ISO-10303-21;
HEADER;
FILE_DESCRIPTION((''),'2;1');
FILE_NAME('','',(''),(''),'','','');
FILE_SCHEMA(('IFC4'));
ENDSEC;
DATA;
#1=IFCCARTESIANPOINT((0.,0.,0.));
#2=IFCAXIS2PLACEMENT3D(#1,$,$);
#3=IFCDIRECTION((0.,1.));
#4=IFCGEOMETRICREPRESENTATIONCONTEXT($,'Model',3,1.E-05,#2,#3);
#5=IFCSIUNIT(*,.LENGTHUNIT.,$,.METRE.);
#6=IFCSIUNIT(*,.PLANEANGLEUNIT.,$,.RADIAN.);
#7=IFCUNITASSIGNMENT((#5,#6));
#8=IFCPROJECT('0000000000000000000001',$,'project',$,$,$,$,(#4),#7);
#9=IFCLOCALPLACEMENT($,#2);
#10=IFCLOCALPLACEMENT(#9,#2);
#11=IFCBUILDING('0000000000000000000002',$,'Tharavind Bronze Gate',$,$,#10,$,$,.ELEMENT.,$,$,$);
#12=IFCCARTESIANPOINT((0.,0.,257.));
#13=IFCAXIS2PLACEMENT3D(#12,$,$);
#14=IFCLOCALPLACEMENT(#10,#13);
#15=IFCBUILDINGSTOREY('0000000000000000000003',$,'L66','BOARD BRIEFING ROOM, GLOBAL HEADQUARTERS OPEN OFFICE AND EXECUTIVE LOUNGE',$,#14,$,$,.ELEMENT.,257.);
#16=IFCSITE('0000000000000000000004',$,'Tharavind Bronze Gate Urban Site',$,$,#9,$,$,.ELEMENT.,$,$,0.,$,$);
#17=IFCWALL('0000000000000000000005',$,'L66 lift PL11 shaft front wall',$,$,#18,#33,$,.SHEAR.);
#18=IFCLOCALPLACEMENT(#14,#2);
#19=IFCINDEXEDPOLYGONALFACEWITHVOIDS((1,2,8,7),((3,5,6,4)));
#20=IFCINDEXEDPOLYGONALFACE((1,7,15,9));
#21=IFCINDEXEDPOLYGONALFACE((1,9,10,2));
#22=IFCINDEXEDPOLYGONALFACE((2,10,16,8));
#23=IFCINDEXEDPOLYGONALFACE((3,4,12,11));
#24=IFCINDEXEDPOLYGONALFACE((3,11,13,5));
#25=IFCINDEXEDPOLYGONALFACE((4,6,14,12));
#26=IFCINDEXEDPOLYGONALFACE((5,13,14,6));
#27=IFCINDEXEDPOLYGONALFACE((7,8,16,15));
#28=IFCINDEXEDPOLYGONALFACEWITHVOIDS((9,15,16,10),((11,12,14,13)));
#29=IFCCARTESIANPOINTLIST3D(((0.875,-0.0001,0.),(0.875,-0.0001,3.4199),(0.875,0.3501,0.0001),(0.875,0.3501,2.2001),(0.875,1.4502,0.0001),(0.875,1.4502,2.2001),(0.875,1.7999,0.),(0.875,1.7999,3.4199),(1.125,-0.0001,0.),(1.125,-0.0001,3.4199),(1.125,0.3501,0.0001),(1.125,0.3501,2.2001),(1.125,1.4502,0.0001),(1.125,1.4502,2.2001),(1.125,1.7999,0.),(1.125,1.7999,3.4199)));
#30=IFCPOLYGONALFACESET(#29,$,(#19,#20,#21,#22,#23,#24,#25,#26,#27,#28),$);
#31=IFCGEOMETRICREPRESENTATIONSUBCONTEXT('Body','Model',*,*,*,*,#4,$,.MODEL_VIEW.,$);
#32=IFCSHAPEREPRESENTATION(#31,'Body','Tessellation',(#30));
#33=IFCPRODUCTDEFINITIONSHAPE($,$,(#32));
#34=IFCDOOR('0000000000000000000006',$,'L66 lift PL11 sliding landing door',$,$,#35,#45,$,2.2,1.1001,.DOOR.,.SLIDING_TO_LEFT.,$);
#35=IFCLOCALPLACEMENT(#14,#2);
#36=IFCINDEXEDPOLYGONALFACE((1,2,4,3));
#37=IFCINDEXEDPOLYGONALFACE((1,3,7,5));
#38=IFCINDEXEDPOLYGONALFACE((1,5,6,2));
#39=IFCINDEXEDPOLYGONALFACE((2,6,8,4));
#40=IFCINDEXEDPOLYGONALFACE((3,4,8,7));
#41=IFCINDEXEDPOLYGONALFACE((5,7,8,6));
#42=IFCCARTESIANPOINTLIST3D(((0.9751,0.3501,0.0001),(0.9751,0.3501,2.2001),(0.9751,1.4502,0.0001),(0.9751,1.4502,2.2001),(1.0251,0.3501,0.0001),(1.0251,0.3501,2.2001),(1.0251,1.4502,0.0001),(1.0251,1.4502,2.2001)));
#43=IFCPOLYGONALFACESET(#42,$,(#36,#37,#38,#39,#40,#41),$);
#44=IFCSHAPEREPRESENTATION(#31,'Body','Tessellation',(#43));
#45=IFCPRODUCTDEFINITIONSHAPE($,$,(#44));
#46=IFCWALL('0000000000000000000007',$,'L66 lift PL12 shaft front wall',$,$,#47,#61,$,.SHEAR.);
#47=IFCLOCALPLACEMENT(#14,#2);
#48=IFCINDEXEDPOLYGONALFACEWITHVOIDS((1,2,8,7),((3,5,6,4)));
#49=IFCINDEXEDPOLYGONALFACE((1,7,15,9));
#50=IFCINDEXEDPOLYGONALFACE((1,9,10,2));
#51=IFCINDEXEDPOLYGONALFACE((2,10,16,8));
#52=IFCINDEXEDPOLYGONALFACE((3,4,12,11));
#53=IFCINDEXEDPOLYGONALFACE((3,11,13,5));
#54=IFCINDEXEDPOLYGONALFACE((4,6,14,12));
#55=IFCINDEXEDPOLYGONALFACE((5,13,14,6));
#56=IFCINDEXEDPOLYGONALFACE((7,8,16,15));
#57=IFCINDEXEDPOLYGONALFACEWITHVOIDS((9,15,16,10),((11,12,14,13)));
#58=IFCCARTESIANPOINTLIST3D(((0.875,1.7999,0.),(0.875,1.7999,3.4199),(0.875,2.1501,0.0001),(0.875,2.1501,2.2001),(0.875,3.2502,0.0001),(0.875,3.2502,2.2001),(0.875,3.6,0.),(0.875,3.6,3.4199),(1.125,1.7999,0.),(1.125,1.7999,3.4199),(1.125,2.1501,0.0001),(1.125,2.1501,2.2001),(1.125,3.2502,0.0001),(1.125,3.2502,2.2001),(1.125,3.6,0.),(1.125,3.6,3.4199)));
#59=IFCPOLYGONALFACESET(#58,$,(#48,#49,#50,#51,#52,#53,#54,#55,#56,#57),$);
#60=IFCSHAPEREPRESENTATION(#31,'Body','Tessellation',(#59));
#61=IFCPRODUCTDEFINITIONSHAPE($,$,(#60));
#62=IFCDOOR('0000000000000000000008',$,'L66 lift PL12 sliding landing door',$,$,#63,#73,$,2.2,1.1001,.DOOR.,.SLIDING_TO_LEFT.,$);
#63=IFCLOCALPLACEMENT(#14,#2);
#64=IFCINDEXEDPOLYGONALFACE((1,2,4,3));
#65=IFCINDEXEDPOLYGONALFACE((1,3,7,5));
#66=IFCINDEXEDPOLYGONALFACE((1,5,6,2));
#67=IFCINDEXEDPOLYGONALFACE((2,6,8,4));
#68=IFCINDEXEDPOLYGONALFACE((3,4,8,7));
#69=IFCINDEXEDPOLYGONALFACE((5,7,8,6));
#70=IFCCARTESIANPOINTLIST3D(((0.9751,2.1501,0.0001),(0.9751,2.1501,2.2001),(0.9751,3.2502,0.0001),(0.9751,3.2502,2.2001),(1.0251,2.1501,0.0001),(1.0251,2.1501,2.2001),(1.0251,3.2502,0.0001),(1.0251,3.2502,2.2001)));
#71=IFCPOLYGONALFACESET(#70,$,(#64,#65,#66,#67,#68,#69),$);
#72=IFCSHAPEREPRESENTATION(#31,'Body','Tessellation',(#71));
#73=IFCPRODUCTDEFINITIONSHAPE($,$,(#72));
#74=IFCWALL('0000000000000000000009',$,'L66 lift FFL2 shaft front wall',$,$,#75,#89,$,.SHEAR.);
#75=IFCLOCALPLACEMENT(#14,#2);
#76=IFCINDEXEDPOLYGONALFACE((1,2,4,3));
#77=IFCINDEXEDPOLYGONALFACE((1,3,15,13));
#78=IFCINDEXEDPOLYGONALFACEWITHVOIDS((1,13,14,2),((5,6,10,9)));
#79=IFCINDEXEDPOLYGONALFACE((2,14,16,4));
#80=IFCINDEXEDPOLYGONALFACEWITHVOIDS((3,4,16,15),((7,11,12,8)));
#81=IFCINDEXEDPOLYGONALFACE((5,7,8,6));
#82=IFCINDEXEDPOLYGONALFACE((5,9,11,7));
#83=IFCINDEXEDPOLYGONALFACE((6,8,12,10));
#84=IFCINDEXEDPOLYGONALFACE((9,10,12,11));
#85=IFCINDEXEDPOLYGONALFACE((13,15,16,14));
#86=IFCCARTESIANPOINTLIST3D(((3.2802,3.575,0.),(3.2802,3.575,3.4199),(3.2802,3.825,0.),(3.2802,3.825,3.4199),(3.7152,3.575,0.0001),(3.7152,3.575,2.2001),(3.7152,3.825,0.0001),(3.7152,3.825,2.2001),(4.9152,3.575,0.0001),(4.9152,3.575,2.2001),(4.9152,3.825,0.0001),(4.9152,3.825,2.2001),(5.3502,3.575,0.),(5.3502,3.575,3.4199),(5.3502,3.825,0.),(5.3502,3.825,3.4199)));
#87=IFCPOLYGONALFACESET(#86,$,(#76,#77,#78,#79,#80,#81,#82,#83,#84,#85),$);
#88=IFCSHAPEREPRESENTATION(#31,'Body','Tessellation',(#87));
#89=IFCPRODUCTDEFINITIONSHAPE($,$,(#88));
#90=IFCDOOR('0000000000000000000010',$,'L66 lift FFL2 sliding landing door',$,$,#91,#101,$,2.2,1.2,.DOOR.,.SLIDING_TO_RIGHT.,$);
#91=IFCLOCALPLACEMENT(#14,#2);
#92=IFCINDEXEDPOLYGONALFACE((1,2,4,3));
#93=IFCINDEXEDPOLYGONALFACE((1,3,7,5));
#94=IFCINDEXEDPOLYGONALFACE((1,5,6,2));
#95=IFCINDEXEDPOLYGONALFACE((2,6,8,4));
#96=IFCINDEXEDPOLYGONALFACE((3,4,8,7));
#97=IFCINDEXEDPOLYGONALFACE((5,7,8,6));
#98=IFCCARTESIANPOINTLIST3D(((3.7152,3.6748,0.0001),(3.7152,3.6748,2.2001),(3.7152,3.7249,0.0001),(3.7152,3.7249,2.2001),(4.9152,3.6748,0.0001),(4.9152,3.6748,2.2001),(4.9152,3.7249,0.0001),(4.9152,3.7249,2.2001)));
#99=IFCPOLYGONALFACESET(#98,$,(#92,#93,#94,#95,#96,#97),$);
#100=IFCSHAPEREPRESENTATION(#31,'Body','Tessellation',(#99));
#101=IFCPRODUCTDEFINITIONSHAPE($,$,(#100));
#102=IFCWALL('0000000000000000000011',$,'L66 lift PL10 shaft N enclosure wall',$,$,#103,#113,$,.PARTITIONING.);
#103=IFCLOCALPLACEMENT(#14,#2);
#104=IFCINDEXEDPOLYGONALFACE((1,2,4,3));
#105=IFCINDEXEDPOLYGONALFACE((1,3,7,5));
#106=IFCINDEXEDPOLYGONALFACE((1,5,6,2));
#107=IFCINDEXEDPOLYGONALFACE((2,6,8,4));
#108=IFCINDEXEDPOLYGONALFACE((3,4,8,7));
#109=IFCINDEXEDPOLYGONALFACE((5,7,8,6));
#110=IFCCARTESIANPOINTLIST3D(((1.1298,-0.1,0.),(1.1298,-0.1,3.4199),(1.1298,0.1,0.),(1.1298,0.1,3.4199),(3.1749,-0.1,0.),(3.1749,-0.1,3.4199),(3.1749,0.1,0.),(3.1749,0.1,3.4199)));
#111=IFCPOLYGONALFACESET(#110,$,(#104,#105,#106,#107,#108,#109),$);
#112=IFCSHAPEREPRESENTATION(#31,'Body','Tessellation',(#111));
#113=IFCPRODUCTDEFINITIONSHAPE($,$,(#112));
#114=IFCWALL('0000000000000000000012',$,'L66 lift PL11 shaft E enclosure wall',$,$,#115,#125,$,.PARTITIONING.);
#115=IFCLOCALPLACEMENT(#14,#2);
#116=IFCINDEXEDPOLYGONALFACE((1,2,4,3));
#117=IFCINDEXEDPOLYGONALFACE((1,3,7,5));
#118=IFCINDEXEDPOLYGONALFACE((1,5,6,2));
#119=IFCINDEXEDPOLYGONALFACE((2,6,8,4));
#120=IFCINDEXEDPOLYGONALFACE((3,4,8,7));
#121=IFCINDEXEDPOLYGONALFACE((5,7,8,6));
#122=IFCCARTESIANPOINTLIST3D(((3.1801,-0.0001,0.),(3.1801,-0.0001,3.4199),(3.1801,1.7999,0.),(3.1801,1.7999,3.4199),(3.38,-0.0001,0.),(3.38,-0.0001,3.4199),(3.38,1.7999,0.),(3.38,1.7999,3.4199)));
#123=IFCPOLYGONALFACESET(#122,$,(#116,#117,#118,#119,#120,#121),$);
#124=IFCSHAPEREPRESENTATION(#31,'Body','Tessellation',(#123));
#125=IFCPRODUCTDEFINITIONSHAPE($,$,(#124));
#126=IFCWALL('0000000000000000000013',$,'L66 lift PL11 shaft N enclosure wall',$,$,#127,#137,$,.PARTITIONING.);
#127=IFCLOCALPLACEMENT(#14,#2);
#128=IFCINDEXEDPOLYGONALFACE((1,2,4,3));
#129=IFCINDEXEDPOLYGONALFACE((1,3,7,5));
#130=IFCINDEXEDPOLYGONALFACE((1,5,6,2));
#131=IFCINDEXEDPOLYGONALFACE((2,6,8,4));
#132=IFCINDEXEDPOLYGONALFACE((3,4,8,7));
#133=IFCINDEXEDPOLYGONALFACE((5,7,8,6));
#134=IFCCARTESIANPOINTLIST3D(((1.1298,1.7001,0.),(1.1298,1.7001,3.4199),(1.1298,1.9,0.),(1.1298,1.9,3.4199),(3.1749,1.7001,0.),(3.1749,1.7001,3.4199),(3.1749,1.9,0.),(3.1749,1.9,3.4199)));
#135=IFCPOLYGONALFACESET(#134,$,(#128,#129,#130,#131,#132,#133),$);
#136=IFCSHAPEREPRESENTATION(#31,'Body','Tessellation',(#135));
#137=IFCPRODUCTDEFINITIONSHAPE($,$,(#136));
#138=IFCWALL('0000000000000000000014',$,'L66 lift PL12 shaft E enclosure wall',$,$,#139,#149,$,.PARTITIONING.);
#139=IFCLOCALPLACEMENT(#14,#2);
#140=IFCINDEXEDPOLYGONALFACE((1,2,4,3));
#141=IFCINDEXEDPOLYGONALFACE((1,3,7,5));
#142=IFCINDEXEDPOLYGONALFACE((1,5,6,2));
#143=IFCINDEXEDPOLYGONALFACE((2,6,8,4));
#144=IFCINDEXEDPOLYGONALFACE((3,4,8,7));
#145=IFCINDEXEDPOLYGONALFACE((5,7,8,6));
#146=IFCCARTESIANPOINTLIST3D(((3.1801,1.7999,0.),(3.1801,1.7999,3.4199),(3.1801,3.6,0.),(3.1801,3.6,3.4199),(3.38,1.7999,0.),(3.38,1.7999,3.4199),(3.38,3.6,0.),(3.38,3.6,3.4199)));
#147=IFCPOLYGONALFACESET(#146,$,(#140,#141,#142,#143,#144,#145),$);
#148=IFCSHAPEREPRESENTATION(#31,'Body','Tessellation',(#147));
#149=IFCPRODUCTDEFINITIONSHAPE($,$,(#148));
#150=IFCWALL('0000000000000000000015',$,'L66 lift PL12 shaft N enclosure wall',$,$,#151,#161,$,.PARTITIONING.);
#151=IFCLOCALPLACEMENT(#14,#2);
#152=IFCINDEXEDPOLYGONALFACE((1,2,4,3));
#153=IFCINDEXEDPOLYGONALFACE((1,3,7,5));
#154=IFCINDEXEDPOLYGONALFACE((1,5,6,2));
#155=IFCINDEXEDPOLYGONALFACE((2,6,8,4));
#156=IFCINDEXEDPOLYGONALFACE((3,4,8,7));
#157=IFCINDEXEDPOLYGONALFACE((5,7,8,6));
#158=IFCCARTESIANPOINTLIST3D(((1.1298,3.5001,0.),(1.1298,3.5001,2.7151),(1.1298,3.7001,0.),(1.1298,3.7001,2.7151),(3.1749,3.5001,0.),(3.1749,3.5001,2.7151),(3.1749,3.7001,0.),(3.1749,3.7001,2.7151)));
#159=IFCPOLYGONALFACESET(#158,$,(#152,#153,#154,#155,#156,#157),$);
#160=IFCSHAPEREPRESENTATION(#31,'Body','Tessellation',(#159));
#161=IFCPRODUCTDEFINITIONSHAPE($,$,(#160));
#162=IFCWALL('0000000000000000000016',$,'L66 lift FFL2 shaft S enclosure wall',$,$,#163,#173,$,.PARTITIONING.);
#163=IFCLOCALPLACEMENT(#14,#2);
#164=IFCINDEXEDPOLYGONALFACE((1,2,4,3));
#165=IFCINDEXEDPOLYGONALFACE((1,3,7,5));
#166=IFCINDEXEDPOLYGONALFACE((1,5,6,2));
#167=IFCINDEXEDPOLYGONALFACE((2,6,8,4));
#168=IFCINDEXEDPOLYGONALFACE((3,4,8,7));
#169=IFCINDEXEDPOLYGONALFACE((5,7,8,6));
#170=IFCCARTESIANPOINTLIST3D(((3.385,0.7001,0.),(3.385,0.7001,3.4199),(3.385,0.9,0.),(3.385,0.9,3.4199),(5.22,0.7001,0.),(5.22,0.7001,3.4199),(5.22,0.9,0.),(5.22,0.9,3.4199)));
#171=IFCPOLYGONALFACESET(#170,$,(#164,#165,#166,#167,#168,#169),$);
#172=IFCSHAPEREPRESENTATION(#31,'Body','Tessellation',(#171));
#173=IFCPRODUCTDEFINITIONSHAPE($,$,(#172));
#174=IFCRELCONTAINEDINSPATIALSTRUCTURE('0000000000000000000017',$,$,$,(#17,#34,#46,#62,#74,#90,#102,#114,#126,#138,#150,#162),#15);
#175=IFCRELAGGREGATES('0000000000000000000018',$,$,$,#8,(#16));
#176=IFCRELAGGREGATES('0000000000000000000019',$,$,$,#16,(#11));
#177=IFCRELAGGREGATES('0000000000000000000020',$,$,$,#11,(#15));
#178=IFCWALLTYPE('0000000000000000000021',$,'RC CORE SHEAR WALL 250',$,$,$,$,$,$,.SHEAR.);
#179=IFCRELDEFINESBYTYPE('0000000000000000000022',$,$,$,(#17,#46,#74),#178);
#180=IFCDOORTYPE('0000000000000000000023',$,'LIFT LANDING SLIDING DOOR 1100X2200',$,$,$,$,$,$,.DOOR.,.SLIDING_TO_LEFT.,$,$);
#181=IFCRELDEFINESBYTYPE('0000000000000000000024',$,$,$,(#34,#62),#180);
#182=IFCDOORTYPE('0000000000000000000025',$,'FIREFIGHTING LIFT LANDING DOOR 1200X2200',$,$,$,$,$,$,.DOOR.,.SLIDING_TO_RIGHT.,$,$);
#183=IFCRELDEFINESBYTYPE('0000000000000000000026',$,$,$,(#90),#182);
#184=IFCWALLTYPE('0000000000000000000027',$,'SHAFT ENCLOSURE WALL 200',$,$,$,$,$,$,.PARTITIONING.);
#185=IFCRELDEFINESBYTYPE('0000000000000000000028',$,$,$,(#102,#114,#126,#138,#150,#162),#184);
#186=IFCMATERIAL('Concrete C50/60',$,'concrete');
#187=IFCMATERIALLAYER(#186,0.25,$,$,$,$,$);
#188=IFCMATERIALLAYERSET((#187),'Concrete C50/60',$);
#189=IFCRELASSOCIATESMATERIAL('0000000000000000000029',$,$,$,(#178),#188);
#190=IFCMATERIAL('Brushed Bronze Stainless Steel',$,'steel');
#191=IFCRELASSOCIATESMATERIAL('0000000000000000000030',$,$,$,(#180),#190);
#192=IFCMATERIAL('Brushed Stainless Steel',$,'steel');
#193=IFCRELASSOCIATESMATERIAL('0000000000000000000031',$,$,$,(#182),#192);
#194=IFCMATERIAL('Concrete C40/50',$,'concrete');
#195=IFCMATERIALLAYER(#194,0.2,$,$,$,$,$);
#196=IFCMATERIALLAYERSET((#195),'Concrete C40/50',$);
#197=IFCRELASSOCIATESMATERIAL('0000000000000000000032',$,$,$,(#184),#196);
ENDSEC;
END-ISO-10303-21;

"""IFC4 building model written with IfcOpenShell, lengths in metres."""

from ifc_helpers import new_model, si_unit, direction, frame, frame_2d, origin, place, context, subcontext, project, spatial, rectangle, extrude, material, layer, layer_set, type_object, element, fill, save


model = new_model("IFC4")

# Units and contexts
model_context = context("Model", 3, precision=1e-05, world=origin(), true_north=direction((0.0, 1.0)))
body_context = subcontext(model_context, "Body", "Model", "MODEL_VIEW")
ifc_project = project(units=[si_unit("LENGTHUNIT", "METRE"), si_unit("PLANEANGLEUNIT", "RADIAN")], contexts=[model_context])

# Site, building, storey
site_placement = place(None, origin())
site = spatial("IfcSite", under=ifc_project, at=site_placement, Name="Tharavind Bronze Gate Urban Site", CompositionType="ELEMENT", RefElevation=0.0)
building_placement = place(site_placement, origin())
building = spatial("IfcBuilding", under=site, at=building_placement, Name="Tharavind Bronze Gate", CompositionType="ELEMENT")
storey_placement = place(building_placement, frame((0.0, 0.0, 257.0)))
storey = spatial("IfcBuildingStorey", under=building, at=storey_placement, Name="L66", Description="BOARD BRIEFING ROOM, GLOBAL HEADQUARTERS OPEN OFFICE AND EXECUTIVE LOUNGE", CompositionType="ELEMENT", Elevation=257.0)

# Walls, openings, doors
ifc_material_1 = material(Name="Concrete C50/60", Category="concrete")
ifc_layer_1 = layer(ifc_material_1, 0.25)
ifc_layer_set_1 = layer_set([ifc_layer_1], Name="Concrete C50/60")
wall_type_1 = type_object("IfcWallType", Name="RC CORE SHEAR WALL 250", PredefinedType="SHEAR", material=ifc_layer_set_1)
wall_1_placement = place(storey_placement, frame((1.0, 0.0, 0.0), z_axis=(0.0, 0.0, 1.0), x_axis=(0.0, 1.0, 0.0)))
wall_1 = element("IfcWall", 1, at=wall_1_placement, inside=storey, type_object=wall_type_1, Name="L66 lift PL11 shaft front wall", PredefinedType="SHEAR", context=body_context, shape_type="SweptSolid", body=[
    extrude(rectangle(XDim=1.8, YDim=0.25, at=frame_2d((0.8999, 0.0))), origin(), (0.0, 0.0, 1.0), 3.4199),
])
opening_1_placement = place(wall_1_placement, frame((0.3501, 0.0, 0.0)))
opening_1 = element("IfcOpeningElement", 2, at=opening_1_placement, cuts=wall_1, PredefinedType="OPENING", context=body_context, shape_type="SweptSolid", body=[
    extrude(rectangle(XDim=1.1001, YDim=2.2, at=frame_2d((0.55, 1.1001))), frame((0.0, 0.135, 0.0), z_axis=(0.0, -1.0, 0.0), x_axis=(1.0, 0.0, 0.0)), (0.0, 0.0, 1.0), 0.27),
])
ifc_material_2 = material(Name="Brushed Bronze Stainless Steel", Category="steel")
door_type_1 = type_object("IfcDoorType", Name="LIFT LANDING SLIDING DOOR 1100X2200", OperationType="SLIDING_TO_LEFT", PredefinedType="DOOR", material=ifc_material_2)
door_1_placement = place(opening_1_placement, origin())
door_1 = element("IfcDoor", 3, at=door_1_placement, inside=storey, type_object=door_type_1, Name="L66 lift PL11 sliding landing door", OperationType="SLIDING_TO_LEFT", OverallHeight=2.2, OverallWidth=1.1001, PredefinedType="DOOR", context=body_context, shape_type="SweptSolid", body=[
    extrude(rectangle(XDim=1.1001, YDim=2.2, at=frame_2d((0.55, 1.1001))), frame((0.0, 0.0249, 0.0), z_axis=(0.0, -1.0, 0.0), x_axis=(1.0, 0.0, 0.0)), (0.0, 0.0, 1.0), 0.05),
])
fill(opening_1, door_1)
wall_2_placement = place(storey_placement, frame((1.0, 1.8, 0.0), z_axis=(0.0, 0.0, 1.0), x_axis=(0.0, 1.0, 0.0)))
wall_2 = element("IfcWall", 4, at=wall_2_placement, inside=storey, type_object=wall_type_1, Name="L66 lift PL12 shaft front wall", PredefinedType="SHEAR", context=body_context, shape_type="SweptSolid", body=[
    extrude(rectangle(XDim=1.8, YDim=0.25, at=frame_2d((0.8999, 0.0))), origin(), (0.0, 0.0, 1.0), 3.4199),
])
opening_2_placement = place(wall_2_placement, frame((0.3501, 0.0, 0.0)))
opening_2 = element("IfcOpeningElement", 5, at=opening_2_placement, cuts=wall_2, PredefinedType="OPENING", context=body_context, shape_type="SweptSolid", body=[
    extrude(rectangle(XDim=1.1001, YDim=2.2, at=frame_2d((0.55, 1.1001))), frame((0.0, 0.135, 0.0), z_axis=(0.0, -1.0, 0.0), x_axis=(1.0, 0.0, 0.0)), (0.0, 0.0, 1.0), 0.27),
])
door_2_placement = place(opening_2_placement, origin())
door_2 = element("IfcDoor", 6, at=door_2_placement, inside=storey, type_object=door_type_1, Name="L66 lift PL12 sliding landing door", OperationType="SLIDING_TO_LEFT", OverallHeight=2.2, OverallWidth=1.1001, PredefinedType="DOOR", context=body_context, shape_type="SweptSolid", body=[
    extrude(rectangle(XDim=1.1001, YDim=2.2, at=frame_2d((0.55, 1.1001))), frame((0.0, 0.0249, 0.0), z_axis=(0.0, -1.0, 0.0), x_axis=(1.0, 0.0, 0.0)), (0.0, 0.0, 1.0), 0.05),
])
fill(opening_2, door_2)
wall_3_placement = place(storey_placement, frame((3.28, 3.7, 0.0), z_axis=(0.0, 0.0, 1.0), x_axis=(1.0, 0.0, 0.0)))
wall_3 = element("IfcWall", 7, at=wall_3_placement, inside=storey, type_object=wall_type_1, Name="L66 lift FFL2 shaft front wall", PredefinedType="SHEAR", context=body_context, shape_type="SweptSolid", body=[
    extrude(rectangle(XDim=2.0701, YDim=0.25, at=frame_2d((1.0352, 0.0))), origin(), (0.0, 0.0, 1.0), 3.4199),
])
opening_3_placement = place(wall_3_placement, frame((0.4351, 0.0, 0.0)))
opening_3 = element("IfcOpeningElement", 8, at=opening_3_placement, cuts=wall_3, PredefinedType="OPENING", context=body_context, shape_type="SweptSolid", body=[
    extrude(rectangle(XDim=1.2, YDim=2.2, at=frame_2d((0.6001, 1.1001))), frame((0.0, 0.135, 0.0), z_axis=(0.0, -1.0, 0.0), x_axis=(1.0, 0.0, 0.0)), (0.0, 0.0, 1.0), 0.27),
])
ifc_material_3 = material(Name="Brushed Stainless Steel", Category="steel")
door_type_2 = type_object("IfcDoorType", Name="FIREFIGHTING LIFT LANDING DOOR 1200X2200", OperationType="SLIDING_TO_RIGHT", PredefinedType="DOOR", material=ifc_material_3)
door_3_placement = place(opening_3_placement, origin())
door_3 = element("IfcDoor", 9, at=door_3_placement, inside=storey, type_object=door_type_2, Name="L66 lift FFL2 sliding landing door", OperationType="SLIDING_TO_RIGHT", OverallHeight=2.2, OverallWidth=1.2, PredefinedType="DOOR", context=body_context, shape_type="SweptSolid", body=[
    extrude(rectangle(XDim=1.2, YDim=2.2, at=frame_2d((0.6001, 1.1001))), frame((0.0, 0.0249, 0.0), z_axis=(0.0, -1.0, 0.0), x_axis=(1.0, 0.0, 0.0)), (0.0, 0.0, 1.0), 0.05),
])
fill(opening_3, door_3)

# Walls
ifc_material_4 = material(Name="Concrete C40/50", Category="concrete")
ifc_layer_2 = layer(ifc_material_4, 0.2)
ifc_layer_set_2 = layer_set([ifc_layer_2], Name="Concrete C40/50")
wall_type_2 = type_object("IfcWallType", Name="SHAFT ENCLOSURE WALL 200", PredefinedType="PARTITIONING", material=ifc_layer_set_2)
wall_4_placement = place(storey_placement, frame((1.1299, 0.0, 0.0), z_axis=(0.0, 0.0, 1.0), x_axis=(1.0, 0.0, 0.0)))
element("IfcWall", 10, at=wall_4_placement, inside=storey, type_object=wall_type_2, Name="L66 lift PL10 shaft N enclosure wall", PredefinedType="PARTITIONING", context=body_context, shape_type="SweptSolid", body=[
    extrude(rectangle(XDim=2.0452, YDim=0.2, at=frame_2d((1.0225, 0.0))), origin(), (0.0, 0.0, 1.0), 3.4199),
])
wall_5_placement = place(storey_placement, frame((3.28, 0.0, 0.0), z_axis=(0.0, 0.0, 1.0), x_axis=(0.0, 1.0, 0.0)))
element("IfcWall", 11, at=wall_5_placement, inside=storey, type_object=wall_type_2, Name="L66 lift PL11 shaft E enclosure wall", PredefinedType="PARTITIONING", context=body_context, shape_type="SweptSolid", body=[
    extrude(rectangle(XDim=1.8, YDim=0.2, at=frame_2d((0.8999, 0.0))), origin(), (0.0, 0.0, 1.0), 3.4199),
])
wall_6_placement = place(storey_placement, frame((1.1299, 1.8, 0.0), z_axis=(0.0, 0.0, 1.0), x_axis=(1.0, 0.0, 0.0)))
element("IfcWall", 12, at=wall_6_placement, inside=storey, type_object=wall_type_2, Name="L66 lift PL11 shaft N enclosure wall", PredefinedType="PARTITIONING", context=body_context, shape_type="SweptSolid", body=[
    extrude(rectangle(XDim=2.0452, YDim=0.2, at=frame_2d((1.0225, 0.0))), origin(), (0.0, 0.0, 1.0), 3.4199),
])
wall_7_placement = place(storey_placement, frame((3.28, 1.8, 0.0), z_axis=(0.0, 0.0, 1.0), x_axis=(0.0, 1.0, 0.0)))
element("IfcWall", 13, at=wall_7_placement, inside=storey, type_object=wall_type_2, Name="L66 lift PL12 shaft E enclosure wall", PredefinedType="PARTITIONING", context=body_context, shape_type="SweptSolid", body=[
    extrude(rectangle(XDim=1.8, YDim=0.2, at=frame_2d((0.8999, 0.0))), origin(), (0.0, 0.0, 1.0), 3.4199),
])
wall_8_placement = place(storey_placement, frame((1.1299, 3.6001, 0.0), z_axis=(0.0, 0.0, 1.0), x_axis=(1.0, 0.0, 0.0)))
element("IfcWall", 14, at=wall_8_placement, inside=storey, type_object=wall_type_2, Name="L66 lift PL12 shaft N enclosure wall", PredefinedType="PARTITIONING", context=body_context, shape_type="SweptSolid", body=[
    extrude(rectangle(XDim=2.0452, YDim=0.2, at=frame_2d((1.0225, 0.0))), origin(), (0.0, 0.0, 1.0), 2.7151),
])
wall_9_placement = place(storey_placement, frame((3.385, 0.8, 0.0), z_axis=(0.0, 0.0, 1.0), x_axis=(1.0, 0.0, 0.0)))
element("IfcWall", 15, at=wall_9_placement, inside=storey, type_object=wall_type_2, Name="L66 lift FFL2 shaft S enclosure wall", PredefinedType="PARTITIONING", context=body_context, shape_type="SweptSolid", body=[
    extrude(rectangle(XDim=1.835, YDim=0.2, at=frame_2d((0.9175, 0.0))), origin(), (0.0, 0.0, 1.0), 3.4199),
])

save(model, "model.ifc")
